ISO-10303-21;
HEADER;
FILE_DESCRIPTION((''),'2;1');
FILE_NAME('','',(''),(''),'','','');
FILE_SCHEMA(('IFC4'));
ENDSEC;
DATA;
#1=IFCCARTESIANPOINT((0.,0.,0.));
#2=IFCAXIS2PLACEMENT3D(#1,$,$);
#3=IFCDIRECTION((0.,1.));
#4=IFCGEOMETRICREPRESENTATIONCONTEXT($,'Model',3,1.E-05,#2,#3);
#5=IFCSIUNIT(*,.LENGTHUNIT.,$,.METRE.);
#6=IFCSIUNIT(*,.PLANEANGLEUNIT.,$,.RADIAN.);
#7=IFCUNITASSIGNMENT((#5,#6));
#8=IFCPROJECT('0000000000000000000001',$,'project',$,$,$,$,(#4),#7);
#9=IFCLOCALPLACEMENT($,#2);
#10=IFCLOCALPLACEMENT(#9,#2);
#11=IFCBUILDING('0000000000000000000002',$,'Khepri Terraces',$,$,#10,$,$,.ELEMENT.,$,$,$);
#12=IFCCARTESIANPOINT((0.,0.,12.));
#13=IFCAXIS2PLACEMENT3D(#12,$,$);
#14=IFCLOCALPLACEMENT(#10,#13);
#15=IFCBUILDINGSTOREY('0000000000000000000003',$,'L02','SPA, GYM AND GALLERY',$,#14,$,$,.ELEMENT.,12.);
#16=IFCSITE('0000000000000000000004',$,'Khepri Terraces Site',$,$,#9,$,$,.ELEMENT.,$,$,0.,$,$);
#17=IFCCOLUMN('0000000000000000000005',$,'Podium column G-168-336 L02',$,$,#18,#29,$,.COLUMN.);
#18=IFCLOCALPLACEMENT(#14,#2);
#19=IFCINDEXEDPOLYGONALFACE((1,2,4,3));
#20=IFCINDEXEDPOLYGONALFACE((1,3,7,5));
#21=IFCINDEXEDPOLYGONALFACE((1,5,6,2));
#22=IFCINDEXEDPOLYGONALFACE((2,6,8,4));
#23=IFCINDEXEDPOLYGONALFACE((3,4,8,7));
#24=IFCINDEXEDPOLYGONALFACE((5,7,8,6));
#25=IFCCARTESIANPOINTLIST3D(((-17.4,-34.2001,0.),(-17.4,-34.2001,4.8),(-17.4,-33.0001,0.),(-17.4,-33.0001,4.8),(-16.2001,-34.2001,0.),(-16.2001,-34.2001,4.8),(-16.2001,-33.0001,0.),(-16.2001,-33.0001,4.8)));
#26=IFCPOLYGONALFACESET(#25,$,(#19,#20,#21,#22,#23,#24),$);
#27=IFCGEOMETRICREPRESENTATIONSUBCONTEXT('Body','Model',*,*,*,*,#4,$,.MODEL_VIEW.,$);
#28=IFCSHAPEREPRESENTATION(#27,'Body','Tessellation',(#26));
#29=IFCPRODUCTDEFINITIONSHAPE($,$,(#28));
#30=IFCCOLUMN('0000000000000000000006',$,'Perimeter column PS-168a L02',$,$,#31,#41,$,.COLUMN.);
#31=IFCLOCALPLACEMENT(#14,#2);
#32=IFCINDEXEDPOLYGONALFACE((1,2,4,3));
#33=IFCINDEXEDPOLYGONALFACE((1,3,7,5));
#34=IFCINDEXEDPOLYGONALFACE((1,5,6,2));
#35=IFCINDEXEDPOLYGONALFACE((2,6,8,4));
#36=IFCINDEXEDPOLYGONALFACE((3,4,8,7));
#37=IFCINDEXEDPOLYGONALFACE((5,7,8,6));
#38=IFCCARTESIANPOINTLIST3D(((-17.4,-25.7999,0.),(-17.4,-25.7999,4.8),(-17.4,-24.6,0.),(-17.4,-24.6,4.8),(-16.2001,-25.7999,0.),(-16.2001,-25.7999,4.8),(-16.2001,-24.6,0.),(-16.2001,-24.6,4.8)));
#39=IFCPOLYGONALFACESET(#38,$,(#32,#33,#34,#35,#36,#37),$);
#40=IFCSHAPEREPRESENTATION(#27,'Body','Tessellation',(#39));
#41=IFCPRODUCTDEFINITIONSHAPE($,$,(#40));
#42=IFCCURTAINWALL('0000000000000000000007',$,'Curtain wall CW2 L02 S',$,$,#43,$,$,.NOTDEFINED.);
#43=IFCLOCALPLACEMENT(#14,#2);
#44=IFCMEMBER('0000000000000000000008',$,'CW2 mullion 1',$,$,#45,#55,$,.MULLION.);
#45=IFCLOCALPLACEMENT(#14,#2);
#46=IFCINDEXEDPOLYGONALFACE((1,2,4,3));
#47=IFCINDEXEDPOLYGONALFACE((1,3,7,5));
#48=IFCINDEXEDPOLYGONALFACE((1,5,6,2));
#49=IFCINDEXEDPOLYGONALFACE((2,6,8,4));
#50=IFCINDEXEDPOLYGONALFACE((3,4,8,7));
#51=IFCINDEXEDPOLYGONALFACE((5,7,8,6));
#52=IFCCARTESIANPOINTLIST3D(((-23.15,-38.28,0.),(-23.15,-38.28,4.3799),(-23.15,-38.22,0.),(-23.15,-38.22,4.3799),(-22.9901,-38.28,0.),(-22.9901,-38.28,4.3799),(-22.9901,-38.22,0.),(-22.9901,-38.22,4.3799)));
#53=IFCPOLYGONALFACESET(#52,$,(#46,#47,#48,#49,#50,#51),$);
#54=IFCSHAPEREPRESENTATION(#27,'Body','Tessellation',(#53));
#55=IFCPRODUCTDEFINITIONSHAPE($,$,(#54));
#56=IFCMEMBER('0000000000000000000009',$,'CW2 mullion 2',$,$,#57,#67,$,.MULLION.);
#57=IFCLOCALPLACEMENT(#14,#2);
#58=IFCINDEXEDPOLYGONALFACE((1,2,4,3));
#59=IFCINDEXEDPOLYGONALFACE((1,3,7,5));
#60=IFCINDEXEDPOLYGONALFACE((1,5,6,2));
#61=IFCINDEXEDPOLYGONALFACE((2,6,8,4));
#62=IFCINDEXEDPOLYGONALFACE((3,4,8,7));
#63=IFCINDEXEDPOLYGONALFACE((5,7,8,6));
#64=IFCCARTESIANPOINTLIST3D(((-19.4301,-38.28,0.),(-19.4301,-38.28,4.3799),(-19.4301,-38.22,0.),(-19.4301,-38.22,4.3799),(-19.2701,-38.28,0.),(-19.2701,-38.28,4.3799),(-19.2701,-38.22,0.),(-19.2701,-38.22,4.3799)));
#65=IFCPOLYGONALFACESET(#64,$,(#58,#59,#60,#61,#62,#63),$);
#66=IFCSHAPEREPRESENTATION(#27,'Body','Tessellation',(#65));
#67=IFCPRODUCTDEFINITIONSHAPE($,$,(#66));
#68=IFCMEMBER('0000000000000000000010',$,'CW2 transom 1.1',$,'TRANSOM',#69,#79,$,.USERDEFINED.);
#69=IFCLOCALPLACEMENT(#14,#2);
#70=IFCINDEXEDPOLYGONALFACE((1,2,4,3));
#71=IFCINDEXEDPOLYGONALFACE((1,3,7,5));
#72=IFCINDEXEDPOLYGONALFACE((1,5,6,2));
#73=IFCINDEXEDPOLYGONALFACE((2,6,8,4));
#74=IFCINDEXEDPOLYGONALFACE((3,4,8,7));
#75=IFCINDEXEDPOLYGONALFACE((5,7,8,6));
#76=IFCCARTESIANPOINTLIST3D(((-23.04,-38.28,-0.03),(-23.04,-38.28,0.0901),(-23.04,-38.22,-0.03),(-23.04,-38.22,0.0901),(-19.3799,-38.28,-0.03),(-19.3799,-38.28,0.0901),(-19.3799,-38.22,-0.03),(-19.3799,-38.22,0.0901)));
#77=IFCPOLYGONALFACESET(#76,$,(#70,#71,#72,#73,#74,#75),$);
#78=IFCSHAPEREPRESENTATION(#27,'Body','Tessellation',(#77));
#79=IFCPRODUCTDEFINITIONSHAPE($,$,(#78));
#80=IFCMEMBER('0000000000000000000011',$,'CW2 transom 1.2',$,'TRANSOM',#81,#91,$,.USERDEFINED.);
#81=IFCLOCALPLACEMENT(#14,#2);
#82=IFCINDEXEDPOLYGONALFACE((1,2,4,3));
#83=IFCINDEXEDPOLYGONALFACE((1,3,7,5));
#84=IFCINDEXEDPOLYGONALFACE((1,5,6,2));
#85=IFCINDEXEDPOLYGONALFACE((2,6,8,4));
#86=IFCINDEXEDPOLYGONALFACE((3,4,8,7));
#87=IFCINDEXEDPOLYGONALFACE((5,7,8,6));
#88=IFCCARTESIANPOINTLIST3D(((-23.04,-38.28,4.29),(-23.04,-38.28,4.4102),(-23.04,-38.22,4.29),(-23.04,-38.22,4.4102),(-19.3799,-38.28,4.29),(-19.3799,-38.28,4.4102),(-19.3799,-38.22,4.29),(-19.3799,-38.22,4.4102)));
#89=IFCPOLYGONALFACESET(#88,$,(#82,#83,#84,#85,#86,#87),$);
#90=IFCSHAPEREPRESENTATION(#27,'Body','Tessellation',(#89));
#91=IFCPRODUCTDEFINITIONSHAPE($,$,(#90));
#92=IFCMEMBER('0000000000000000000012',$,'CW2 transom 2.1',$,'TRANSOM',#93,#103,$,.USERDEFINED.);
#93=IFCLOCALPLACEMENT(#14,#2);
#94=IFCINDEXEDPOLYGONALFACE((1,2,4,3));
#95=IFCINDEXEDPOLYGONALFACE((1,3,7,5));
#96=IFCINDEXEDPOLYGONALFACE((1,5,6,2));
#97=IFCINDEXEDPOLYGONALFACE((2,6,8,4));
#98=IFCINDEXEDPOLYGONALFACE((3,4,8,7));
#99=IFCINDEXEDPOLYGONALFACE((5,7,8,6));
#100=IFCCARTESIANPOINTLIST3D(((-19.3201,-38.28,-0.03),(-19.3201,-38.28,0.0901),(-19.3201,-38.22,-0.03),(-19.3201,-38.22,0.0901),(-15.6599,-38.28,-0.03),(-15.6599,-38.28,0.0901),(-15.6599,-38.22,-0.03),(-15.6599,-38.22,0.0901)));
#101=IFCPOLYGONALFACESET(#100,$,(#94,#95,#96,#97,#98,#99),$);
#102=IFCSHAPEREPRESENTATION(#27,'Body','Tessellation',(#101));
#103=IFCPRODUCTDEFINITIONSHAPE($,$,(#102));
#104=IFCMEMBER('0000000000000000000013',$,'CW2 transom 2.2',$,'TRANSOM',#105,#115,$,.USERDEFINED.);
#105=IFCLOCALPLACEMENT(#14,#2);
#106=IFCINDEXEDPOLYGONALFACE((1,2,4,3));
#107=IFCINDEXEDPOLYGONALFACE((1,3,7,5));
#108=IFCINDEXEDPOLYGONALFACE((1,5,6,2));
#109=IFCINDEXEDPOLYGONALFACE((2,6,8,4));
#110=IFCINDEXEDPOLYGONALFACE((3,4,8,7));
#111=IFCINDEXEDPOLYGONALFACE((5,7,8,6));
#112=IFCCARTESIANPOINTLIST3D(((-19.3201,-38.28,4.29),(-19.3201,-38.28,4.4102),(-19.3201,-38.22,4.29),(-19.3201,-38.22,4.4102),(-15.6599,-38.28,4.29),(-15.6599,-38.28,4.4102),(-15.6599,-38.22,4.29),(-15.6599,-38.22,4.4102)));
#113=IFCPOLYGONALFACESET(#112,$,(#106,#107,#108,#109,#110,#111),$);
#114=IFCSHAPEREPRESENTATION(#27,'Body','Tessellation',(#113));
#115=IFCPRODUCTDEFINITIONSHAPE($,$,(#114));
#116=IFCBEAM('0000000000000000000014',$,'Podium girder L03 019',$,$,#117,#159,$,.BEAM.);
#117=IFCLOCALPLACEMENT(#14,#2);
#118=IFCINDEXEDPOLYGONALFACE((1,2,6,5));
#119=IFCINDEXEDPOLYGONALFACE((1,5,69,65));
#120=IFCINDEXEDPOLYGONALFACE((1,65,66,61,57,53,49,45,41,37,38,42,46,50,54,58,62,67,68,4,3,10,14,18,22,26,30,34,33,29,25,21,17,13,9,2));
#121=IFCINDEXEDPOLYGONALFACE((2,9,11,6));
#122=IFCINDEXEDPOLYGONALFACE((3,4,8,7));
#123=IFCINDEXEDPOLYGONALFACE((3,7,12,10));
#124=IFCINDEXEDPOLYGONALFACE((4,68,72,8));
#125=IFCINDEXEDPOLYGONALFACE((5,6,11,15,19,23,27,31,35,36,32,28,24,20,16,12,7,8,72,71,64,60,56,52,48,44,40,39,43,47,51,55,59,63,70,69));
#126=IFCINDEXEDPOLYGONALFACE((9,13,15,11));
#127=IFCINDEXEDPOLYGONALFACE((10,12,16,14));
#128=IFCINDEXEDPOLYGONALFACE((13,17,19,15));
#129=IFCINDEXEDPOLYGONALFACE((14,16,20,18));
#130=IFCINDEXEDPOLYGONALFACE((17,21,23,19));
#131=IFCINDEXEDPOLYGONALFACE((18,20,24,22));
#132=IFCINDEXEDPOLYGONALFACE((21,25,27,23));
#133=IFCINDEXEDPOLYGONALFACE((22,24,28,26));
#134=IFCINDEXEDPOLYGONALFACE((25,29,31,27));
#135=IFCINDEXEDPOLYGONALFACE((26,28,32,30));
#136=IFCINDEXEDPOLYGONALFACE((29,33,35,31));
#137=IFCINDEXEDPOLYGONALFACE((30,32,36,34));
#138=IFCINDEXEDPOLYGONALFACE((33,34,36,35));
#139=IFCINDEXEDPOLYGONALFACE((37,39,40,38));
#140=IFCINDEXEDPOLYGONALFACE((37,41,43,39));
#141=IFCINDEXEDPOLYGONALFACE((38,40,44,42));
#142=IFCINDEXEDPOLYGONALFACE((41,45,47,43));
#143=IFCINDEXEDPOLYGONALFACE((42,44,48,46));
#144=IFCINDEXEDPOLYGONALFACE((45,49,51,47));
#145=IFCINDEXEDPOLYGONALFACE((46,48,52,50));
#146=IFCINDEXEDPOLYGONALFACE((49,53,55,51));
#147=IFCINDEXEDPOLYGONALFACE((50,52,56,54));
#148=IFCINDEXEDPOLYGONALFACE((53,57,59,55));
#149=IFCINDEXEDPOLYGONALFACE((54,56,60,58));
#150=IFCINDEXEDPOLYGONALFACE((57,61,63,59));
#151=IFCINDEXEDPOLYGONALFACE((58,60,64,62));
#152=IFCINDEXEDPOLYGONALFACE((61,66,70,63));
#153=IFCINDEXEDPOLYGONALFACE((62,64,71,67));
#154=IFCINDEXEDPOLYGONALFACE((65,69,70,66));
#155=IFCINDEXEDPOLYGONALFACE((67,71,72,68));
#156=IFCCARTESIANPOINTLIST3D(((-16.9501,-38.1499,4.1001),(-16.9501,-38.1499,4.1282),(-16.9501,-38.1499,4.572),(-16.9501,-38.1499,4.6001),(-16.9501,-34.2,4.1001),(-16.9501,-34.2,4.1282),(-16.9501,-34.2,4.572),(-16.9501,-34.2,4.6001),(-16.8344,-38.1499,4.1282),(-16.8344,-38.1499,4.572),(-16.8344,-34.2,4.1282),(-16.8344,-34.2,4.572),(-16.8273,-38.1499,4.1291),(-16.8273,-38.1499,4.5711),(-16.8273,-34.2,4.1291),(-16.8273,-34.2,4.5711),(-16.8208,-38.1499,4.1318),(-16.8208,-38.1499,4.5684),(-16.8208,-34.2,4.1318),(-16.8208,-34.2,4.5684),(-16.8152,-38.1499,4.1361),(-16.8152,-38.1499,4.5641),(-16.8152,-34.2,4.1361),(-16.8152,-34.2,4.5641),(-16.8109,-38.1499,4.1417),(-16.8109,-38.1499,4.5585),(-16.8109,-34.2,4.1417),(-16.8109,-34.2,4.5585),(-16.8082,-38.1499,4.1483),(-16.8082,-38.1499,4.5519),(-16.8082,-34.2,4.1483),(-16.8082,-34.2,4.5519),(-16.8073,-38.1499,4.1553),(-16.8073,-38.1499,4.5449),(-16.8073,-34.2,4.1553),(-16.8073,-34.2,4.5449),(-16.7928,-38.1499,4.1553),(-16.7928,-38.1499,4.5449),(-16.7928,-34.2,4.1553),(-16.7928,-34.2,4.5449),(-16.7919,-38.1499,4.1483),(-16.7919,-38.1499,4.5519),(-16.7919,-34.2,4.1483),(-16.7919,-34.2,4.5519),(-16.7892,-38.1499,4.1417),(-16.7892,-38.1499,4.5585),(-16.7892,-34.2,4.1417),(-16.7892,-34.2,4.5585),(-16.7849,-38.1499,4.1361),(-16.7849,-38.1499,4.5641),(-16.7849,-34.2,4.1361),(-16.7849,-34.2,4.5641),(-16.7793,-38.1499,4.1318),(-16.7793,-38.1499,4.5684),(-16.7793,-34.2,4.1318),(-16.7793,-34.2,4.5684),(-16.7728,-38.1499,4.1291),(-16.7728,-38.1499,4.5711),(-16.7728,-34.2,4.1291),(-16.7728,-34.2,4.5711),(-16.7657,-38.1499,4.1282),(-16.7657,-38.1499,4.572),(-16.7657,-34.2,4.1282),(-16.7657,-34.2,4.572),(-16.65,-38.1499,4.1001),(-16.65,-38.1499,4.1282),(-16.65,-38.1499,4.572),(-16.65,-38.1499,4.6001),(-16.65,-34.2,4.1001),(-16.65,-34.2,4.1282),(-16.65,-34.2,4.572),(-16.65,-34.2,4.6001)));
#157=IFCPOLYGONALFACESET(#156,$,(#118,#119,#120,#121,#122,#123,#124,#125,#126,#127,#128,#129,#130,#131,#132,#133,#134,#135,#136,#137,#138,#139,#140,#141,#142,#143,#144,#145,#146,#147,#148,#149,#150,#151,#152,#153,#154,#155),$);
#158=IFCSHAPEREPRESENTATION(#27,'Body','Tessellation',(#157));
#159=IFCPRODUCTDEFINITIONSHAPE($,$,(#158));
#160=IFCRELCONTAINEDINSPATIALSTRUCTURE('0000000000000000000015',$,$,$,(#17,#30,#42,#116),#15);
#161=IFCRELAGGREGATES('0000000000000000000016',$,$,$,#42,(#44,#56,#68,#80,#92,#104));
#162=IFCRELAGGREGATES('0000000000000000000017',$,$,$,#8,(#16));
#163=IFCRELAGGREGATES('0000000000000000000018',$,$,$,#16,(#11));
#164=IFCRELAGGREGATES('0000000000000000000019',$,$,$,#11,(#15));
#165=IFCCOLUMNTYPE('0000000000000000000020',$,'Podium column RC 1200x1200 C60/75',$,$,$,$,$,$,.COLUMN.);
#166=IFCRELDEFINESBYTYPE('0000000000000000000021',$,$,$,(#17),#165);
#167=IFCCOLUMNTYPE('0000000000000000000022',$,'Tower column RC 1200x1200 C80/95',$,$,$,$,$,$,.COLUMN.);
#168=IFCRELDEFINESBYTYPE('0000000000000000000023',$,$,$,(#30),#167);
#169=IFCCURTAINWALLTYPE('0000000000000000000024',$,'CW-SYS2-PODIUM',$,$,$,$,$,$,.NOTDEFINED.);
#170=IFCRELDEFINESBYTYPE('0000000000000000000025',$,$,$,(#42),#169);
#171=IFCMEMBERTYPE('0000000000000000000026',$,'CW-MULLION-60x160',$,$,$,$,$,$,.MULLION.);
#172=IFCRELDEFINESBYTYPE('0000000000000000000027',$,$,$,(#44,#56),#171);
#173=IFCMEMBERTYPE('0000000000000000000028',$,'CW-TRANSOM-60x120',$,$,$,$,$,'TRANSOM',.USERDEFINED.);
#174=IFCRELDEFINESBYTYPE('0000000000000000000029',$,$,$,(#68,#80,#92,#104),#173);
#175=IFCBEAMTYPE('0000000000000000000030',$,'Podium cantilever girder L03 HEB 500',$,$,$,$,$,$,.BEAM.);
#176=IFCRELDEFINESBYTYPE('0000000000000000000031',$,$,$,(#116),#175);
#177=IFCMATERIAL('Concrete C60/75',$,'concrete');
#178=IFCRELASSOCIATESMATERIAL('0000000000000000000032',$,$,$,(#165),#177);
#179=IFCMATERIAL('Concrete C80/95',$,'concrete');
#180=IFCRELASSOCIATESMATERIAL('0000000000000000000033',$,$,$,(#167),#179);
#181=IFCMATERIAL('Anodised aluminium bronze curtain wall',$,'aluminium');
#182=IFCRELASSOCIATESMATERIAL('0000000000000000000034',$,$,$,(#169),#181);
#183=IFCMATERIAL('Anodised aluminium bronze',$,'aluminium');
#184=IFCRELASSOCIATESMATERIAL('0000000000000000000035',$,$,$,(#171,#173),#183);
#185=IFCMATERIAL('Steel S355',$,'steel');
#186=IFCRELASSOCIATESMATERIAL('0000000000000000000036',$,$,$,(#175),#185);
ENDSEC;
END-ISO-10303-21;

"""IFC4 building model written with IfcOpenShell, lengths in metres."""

from ifc_helpers import new_model, si_unit, direction, frame, origin, origin_2d, place, context, subcontext, project, spatial, rectangle, i_section, extrude, material, material_profile, profile_set, type_object, element, aggregate, save


model = new_model("IFC4")

# Units and contexts
model_context = context("Model", 3, precision=1e-05, world=origin(), true_north=direction((0.0, 1.0)))
body_context = subcontext(model_context, "Body", "Model", "MODEL_VIEW")
ifc_project = project(units=[si_unit("LENGTHUNIT", "METRE"), si_unit("PLANEANGLEUNIT", "RADIAN")], contexts=[model_context])

# Site, building, storey
site_placement = place(None, origin())
site = spatial("IfcSite", under=ifc_project, at=site_placement, Name="Khepri Terraces Site", CompositionType="ELEMENT", RefElevation=0.0)
building_placement = place(site_placement, origin())
building = spatial("IfcBuilding", under=site, at=building_placement, Name="Khepri Terraces", CompositionType="ELEMENT")
storey_placement = place(building_placement, frame((0.0, 0.0, 12.0)))
storey = spatial("IfcBuildingStorey", under=building, at=storey_placement, Name="L02", Description="SPA, GYM AND GALLERY", CompositionType="ELEMENT", Elevation=12.0)

# Columns
ifc_material_1 = material(Name="Concrete C60/75", Category="concrete")
ifc_material_profile_1 = material_profile(ifc_material_1, rectangle(XDim=1.2, YDim=1.2, at=origin_2d()), Name="Concrete C60/75", Category="concrete")
ifc_profile_set_1 = profile_set([ifc_material_profile_1], Name="Concrete C60/75")
column_type_1 = type_object("IfcColumnType", Name="Podium column RC 1200x1200 C60/75", PredefinedType="COLUMN", material=ifc_profile_set_1)
column_1_placement = place(storey_placement, frame((-16.8, -33.6001, 0.0), z_axis=(0.0, 0.0, 1.0), x_axis=(1.0, 0.0, 0.0)))
element("IfcColumn", 1, at=column_1_placement, inside=storey, type_object=column_type_1, Name="Podium column G-168-336 L02", PredefinedType="COLUMN", context=body_context, shape_type="SweptSolid", body=[
    extrude(rectangle(XDim=1.2, YDim=1.2, at=origin_2d()), origin(), (0.0, 0.0, 1.0), 4.8),
])
ifc_material_2 = material(Name="Concrete C80/95", Category="concrete")
ifc_material_profile_2 = material_profile(ifc_material_2, rectangle(XDim=1.2, YDim=1.2, at=origin_2d()), Name="Concrete C80/95", Category="concrete")
ifc_profile_set_2 = profile_set([ifc_material_profile_2], Name="Concrete C80/95")
column_type_2 = type_object("IfcColumnType", Name="Tower column RC 1200x1200 C80/95", PredefinedType="COLUMN", material=ifc_profile_set_2)
column_2_placement = place(storey_placement, frame((-16.8, -25.2, 0.0), z_axis=(0.0, 0.0, 1.0), x_axis=(1.0, 0.0, 0.0)))
element("IfcColumn", 2, at=column_2_placement, inside=storey, type_object=column_type_2, Name="Perimeter column PS-168a L02", PredefinedType="COLUMN", context=body_context, shape_type="SweptSolid", body=[
    extrude(rectangle(XDim=1.2, YDim=1.2, at=origin_2d()), origin(), (0.0, 0.0, 1.0), 4.8),
])

# Curtain wall, members
ifc_material_3 = material(Name="Anodised aluminium bronze curtain wall", Category="aluminium")
curtain_wall_type = type_object("IfcCurtainWallType", Name="CW-SYS2-PODIUM", PredefinedType="NOTDEFINED", material=ifc_material_3)
curtain_wall_placement = place(storey_placement, origin())
curtain_wall = element("IfcCurtainWall", 3, at=curtain_wall_placement, inside=storey, type_object=curtain_wall_type, Name="Curtain wall CW2 L02 S", PredefinedType="NOTDEFINED")
ifc_material_4 = material(Name="Anodised aluminium bronze", Category="aluminium")
ifc_material_profile_3 = material_profile(ifc_material_4, rectangle(XDim=0.0601, YDim=0.1599, at=origin_2d()), Name="Anodised aluminium bronze", Category="aluminium")
ifc_profile_set_3 = profile_set([ifc_material_profile_3], Name="Anodised aluminium bronze")
member_type_1 = type_object("IfcMemberType", Name="CW-MULLION-60x160", PredefinedType="MULLION", material=ifc_profile_set_3)
member_1_placement = place(storey_placement, frame((-23.0701, -38.25, 0.0), z_axis=(0.0, 0.0, 1.0), x_axis=(0.0, 1.0, 0.0)))
member_1 = element("IfcMember", 4, at=member_1_placement, type_object=member_type_1, Name="CW2 mullion 1", PredefinedType="MULLION", context=body_context, shape_type="SweptSolid", body=[
    extrude(rectangle(XDim=0.0601, YDim=0.1599, at=origin_2d()), origin(), (0.0, 0.0, 1.0), 4.3799),
])
member_2_placement = place(storey_placement, frame((-19.3501, -38.25, 0.0), z_axis=(0.0, 0.0, 1.0), x_axis=(0.0, 1.0, 0.0)))
member_2 = element("IfcMember", 5, at=member_2_placement, type_object=member_type_1, Name="CW2 mullion 2", PredefinedType="MULLION", context=body_context, shape_type="SweptSolid", body=[
    extrude(rectangle(XDim=0.0601, YDim=0.1599, at=origin_2d()), origin(), (0.0, 0.0, 1.0), 4.3799),
])
ifc_material_profile_4 = material_profile(ifc_material_4, rectangle(XDim=0.0601, YDim=0.1201, at=origin_2d()), Name="Anodised aluminium bronze", Category="aluminium")
ifc_profile_set_4 = profile_set([ifc_material_profile_4], Name="Anodised aluminium bronze")
member_type_2 = type_object("IfcMemberType", Name="CW-TRANSOM-60x120", ElementType="TRANSOM", PredefinedType="USERDEFINED", material=ifc_profile_set_4)
member_3_placement = place(storey_placement, frame((-23.04, -38.25, 0.03), z_axis=(1.0, 0.0, 0.0), x_axis=(0.0, 1.0, 0.0)))
member_3 = element("IfcMember", 6, at=member_3_placement, type_object=member_type_2, Name="CW2 transom 1.1", ObjectType="TRANSOM", PredefinedType="USERDEFINED", context=body_context, shape_type="SweptSolid", body=[
    extrude(rectangle(XDim=0.0601, YDim=0.1201, at=origin_2d()), origin(), (0.0, 0.0, 1.0), 3.6602),
])
member_4_placement = place(storey_placement, frame((-23.04, -38.25, 4.3501), z_axis=(1.0, 0.0, 0.0), x_axis=(0.0, 1.0, 0.0)))
member_4 = element("IfcMember", 7, at=member_4_placement, type_object=member_type_2, Name="CW2 transom 1.2", ObjectType="TRANSOM", PredefinedType="USERDEFINED", context=body_context, shape_type="SweptSolid", body=[
    extrude(rectangle(XDim=0.0601, YDim=0.1201, at=origin_2d()), origin(), (0.0, 0.0, 1.0), 3.6602),
])
member_5_placement = place(storey_placement, frame((-19.3201, -38.25, 0.03), z_axis=(1.0, 0.0, 0.0), x_axis=(0.0, 1.0, 0.0)))
member_5 = element("IfcMember", 8, at=member_5_placement, type_object=member_type_2, Name="CW2 transom 2.1", ObjectType="TRANSOM", PredefinedType="USERDEFINED", context=body_context, shape_type="SweptSolid", body=[
    extrude(rectangle(XDim=0.0601, YDim=0.1201, at=origin_2d()), origin(), (0.0, 0.0, 1.0), 3.6602),
])
member_6_placement = place(storey_placement, frame((-19.3201, -38.25, 4.3501), z_axis=(1.0, 0.0, 0.0), x_axis=(0.0, 1.0, 0.0)))
member_6 = element("IfcMember", 9, at=member_6_placement, type_object=member_type_2, Name="CW2 transom 2.2", ObjectType="TRANSOM", PredefinedType="USERDEFINED", context=body_context, shape_type="SweptSolid", body=[
    extrude(rectangle(XDim=0.0601, YDim=0.1201, at=origin_2d()), origin(), (0.0, 0.0, 1.0), 3.6602),
])

# Beam
ifc_material_5 = material(Name="Steel S355", Category="steel")
ifc_material_profile_5 = material_profile(ifc_material_5, i_section(OverallWidth=0.3, OverallDepth=0.5, WebThickness=0.0144, FlangeThickness=0.0281, FilletRadius=0.0271, at=origin_2d()), Name="Steel S355", Category="steel")
ifc_profile_set_5 = profile_set([ifc_material_profile_5], Name="Steel S355")
beam_type_1 = type_object("IfcBeamType", Name="Podium cantilever girder L03 HEB 500", PredefinedType="BEAM", material=ifc_profile_set_5)
beam_1_placement = place(storey_placement, frame((-16.8, -38.1499, 4.3501), z_axis=(0.0, 1.0, 0.0), x_axis=(-1.0, 0.0, 0.0)))
element("IfcBeam", 10, at=beam_1_placement, inside=storey, type_object=beam_type_1, Name="Podium girder L03 019", PredefinedType="BEAM", context=body_context, shape_type="SweptSolid", body=[
    extrude(i_section(OverallWidth=0.3, OverallDepth=0.5, WebThickness=0.0144, FlangeThickness=0.0281, FilletRadius=0.0271, at=origin_2d()), origin(), (0.0, 0.0, 1.0), 3.95),
])

aggregate(curtain_wall, [member_1, member_2, member_3, member_4, member_5, member_6])

save(model, "model.ifc")
